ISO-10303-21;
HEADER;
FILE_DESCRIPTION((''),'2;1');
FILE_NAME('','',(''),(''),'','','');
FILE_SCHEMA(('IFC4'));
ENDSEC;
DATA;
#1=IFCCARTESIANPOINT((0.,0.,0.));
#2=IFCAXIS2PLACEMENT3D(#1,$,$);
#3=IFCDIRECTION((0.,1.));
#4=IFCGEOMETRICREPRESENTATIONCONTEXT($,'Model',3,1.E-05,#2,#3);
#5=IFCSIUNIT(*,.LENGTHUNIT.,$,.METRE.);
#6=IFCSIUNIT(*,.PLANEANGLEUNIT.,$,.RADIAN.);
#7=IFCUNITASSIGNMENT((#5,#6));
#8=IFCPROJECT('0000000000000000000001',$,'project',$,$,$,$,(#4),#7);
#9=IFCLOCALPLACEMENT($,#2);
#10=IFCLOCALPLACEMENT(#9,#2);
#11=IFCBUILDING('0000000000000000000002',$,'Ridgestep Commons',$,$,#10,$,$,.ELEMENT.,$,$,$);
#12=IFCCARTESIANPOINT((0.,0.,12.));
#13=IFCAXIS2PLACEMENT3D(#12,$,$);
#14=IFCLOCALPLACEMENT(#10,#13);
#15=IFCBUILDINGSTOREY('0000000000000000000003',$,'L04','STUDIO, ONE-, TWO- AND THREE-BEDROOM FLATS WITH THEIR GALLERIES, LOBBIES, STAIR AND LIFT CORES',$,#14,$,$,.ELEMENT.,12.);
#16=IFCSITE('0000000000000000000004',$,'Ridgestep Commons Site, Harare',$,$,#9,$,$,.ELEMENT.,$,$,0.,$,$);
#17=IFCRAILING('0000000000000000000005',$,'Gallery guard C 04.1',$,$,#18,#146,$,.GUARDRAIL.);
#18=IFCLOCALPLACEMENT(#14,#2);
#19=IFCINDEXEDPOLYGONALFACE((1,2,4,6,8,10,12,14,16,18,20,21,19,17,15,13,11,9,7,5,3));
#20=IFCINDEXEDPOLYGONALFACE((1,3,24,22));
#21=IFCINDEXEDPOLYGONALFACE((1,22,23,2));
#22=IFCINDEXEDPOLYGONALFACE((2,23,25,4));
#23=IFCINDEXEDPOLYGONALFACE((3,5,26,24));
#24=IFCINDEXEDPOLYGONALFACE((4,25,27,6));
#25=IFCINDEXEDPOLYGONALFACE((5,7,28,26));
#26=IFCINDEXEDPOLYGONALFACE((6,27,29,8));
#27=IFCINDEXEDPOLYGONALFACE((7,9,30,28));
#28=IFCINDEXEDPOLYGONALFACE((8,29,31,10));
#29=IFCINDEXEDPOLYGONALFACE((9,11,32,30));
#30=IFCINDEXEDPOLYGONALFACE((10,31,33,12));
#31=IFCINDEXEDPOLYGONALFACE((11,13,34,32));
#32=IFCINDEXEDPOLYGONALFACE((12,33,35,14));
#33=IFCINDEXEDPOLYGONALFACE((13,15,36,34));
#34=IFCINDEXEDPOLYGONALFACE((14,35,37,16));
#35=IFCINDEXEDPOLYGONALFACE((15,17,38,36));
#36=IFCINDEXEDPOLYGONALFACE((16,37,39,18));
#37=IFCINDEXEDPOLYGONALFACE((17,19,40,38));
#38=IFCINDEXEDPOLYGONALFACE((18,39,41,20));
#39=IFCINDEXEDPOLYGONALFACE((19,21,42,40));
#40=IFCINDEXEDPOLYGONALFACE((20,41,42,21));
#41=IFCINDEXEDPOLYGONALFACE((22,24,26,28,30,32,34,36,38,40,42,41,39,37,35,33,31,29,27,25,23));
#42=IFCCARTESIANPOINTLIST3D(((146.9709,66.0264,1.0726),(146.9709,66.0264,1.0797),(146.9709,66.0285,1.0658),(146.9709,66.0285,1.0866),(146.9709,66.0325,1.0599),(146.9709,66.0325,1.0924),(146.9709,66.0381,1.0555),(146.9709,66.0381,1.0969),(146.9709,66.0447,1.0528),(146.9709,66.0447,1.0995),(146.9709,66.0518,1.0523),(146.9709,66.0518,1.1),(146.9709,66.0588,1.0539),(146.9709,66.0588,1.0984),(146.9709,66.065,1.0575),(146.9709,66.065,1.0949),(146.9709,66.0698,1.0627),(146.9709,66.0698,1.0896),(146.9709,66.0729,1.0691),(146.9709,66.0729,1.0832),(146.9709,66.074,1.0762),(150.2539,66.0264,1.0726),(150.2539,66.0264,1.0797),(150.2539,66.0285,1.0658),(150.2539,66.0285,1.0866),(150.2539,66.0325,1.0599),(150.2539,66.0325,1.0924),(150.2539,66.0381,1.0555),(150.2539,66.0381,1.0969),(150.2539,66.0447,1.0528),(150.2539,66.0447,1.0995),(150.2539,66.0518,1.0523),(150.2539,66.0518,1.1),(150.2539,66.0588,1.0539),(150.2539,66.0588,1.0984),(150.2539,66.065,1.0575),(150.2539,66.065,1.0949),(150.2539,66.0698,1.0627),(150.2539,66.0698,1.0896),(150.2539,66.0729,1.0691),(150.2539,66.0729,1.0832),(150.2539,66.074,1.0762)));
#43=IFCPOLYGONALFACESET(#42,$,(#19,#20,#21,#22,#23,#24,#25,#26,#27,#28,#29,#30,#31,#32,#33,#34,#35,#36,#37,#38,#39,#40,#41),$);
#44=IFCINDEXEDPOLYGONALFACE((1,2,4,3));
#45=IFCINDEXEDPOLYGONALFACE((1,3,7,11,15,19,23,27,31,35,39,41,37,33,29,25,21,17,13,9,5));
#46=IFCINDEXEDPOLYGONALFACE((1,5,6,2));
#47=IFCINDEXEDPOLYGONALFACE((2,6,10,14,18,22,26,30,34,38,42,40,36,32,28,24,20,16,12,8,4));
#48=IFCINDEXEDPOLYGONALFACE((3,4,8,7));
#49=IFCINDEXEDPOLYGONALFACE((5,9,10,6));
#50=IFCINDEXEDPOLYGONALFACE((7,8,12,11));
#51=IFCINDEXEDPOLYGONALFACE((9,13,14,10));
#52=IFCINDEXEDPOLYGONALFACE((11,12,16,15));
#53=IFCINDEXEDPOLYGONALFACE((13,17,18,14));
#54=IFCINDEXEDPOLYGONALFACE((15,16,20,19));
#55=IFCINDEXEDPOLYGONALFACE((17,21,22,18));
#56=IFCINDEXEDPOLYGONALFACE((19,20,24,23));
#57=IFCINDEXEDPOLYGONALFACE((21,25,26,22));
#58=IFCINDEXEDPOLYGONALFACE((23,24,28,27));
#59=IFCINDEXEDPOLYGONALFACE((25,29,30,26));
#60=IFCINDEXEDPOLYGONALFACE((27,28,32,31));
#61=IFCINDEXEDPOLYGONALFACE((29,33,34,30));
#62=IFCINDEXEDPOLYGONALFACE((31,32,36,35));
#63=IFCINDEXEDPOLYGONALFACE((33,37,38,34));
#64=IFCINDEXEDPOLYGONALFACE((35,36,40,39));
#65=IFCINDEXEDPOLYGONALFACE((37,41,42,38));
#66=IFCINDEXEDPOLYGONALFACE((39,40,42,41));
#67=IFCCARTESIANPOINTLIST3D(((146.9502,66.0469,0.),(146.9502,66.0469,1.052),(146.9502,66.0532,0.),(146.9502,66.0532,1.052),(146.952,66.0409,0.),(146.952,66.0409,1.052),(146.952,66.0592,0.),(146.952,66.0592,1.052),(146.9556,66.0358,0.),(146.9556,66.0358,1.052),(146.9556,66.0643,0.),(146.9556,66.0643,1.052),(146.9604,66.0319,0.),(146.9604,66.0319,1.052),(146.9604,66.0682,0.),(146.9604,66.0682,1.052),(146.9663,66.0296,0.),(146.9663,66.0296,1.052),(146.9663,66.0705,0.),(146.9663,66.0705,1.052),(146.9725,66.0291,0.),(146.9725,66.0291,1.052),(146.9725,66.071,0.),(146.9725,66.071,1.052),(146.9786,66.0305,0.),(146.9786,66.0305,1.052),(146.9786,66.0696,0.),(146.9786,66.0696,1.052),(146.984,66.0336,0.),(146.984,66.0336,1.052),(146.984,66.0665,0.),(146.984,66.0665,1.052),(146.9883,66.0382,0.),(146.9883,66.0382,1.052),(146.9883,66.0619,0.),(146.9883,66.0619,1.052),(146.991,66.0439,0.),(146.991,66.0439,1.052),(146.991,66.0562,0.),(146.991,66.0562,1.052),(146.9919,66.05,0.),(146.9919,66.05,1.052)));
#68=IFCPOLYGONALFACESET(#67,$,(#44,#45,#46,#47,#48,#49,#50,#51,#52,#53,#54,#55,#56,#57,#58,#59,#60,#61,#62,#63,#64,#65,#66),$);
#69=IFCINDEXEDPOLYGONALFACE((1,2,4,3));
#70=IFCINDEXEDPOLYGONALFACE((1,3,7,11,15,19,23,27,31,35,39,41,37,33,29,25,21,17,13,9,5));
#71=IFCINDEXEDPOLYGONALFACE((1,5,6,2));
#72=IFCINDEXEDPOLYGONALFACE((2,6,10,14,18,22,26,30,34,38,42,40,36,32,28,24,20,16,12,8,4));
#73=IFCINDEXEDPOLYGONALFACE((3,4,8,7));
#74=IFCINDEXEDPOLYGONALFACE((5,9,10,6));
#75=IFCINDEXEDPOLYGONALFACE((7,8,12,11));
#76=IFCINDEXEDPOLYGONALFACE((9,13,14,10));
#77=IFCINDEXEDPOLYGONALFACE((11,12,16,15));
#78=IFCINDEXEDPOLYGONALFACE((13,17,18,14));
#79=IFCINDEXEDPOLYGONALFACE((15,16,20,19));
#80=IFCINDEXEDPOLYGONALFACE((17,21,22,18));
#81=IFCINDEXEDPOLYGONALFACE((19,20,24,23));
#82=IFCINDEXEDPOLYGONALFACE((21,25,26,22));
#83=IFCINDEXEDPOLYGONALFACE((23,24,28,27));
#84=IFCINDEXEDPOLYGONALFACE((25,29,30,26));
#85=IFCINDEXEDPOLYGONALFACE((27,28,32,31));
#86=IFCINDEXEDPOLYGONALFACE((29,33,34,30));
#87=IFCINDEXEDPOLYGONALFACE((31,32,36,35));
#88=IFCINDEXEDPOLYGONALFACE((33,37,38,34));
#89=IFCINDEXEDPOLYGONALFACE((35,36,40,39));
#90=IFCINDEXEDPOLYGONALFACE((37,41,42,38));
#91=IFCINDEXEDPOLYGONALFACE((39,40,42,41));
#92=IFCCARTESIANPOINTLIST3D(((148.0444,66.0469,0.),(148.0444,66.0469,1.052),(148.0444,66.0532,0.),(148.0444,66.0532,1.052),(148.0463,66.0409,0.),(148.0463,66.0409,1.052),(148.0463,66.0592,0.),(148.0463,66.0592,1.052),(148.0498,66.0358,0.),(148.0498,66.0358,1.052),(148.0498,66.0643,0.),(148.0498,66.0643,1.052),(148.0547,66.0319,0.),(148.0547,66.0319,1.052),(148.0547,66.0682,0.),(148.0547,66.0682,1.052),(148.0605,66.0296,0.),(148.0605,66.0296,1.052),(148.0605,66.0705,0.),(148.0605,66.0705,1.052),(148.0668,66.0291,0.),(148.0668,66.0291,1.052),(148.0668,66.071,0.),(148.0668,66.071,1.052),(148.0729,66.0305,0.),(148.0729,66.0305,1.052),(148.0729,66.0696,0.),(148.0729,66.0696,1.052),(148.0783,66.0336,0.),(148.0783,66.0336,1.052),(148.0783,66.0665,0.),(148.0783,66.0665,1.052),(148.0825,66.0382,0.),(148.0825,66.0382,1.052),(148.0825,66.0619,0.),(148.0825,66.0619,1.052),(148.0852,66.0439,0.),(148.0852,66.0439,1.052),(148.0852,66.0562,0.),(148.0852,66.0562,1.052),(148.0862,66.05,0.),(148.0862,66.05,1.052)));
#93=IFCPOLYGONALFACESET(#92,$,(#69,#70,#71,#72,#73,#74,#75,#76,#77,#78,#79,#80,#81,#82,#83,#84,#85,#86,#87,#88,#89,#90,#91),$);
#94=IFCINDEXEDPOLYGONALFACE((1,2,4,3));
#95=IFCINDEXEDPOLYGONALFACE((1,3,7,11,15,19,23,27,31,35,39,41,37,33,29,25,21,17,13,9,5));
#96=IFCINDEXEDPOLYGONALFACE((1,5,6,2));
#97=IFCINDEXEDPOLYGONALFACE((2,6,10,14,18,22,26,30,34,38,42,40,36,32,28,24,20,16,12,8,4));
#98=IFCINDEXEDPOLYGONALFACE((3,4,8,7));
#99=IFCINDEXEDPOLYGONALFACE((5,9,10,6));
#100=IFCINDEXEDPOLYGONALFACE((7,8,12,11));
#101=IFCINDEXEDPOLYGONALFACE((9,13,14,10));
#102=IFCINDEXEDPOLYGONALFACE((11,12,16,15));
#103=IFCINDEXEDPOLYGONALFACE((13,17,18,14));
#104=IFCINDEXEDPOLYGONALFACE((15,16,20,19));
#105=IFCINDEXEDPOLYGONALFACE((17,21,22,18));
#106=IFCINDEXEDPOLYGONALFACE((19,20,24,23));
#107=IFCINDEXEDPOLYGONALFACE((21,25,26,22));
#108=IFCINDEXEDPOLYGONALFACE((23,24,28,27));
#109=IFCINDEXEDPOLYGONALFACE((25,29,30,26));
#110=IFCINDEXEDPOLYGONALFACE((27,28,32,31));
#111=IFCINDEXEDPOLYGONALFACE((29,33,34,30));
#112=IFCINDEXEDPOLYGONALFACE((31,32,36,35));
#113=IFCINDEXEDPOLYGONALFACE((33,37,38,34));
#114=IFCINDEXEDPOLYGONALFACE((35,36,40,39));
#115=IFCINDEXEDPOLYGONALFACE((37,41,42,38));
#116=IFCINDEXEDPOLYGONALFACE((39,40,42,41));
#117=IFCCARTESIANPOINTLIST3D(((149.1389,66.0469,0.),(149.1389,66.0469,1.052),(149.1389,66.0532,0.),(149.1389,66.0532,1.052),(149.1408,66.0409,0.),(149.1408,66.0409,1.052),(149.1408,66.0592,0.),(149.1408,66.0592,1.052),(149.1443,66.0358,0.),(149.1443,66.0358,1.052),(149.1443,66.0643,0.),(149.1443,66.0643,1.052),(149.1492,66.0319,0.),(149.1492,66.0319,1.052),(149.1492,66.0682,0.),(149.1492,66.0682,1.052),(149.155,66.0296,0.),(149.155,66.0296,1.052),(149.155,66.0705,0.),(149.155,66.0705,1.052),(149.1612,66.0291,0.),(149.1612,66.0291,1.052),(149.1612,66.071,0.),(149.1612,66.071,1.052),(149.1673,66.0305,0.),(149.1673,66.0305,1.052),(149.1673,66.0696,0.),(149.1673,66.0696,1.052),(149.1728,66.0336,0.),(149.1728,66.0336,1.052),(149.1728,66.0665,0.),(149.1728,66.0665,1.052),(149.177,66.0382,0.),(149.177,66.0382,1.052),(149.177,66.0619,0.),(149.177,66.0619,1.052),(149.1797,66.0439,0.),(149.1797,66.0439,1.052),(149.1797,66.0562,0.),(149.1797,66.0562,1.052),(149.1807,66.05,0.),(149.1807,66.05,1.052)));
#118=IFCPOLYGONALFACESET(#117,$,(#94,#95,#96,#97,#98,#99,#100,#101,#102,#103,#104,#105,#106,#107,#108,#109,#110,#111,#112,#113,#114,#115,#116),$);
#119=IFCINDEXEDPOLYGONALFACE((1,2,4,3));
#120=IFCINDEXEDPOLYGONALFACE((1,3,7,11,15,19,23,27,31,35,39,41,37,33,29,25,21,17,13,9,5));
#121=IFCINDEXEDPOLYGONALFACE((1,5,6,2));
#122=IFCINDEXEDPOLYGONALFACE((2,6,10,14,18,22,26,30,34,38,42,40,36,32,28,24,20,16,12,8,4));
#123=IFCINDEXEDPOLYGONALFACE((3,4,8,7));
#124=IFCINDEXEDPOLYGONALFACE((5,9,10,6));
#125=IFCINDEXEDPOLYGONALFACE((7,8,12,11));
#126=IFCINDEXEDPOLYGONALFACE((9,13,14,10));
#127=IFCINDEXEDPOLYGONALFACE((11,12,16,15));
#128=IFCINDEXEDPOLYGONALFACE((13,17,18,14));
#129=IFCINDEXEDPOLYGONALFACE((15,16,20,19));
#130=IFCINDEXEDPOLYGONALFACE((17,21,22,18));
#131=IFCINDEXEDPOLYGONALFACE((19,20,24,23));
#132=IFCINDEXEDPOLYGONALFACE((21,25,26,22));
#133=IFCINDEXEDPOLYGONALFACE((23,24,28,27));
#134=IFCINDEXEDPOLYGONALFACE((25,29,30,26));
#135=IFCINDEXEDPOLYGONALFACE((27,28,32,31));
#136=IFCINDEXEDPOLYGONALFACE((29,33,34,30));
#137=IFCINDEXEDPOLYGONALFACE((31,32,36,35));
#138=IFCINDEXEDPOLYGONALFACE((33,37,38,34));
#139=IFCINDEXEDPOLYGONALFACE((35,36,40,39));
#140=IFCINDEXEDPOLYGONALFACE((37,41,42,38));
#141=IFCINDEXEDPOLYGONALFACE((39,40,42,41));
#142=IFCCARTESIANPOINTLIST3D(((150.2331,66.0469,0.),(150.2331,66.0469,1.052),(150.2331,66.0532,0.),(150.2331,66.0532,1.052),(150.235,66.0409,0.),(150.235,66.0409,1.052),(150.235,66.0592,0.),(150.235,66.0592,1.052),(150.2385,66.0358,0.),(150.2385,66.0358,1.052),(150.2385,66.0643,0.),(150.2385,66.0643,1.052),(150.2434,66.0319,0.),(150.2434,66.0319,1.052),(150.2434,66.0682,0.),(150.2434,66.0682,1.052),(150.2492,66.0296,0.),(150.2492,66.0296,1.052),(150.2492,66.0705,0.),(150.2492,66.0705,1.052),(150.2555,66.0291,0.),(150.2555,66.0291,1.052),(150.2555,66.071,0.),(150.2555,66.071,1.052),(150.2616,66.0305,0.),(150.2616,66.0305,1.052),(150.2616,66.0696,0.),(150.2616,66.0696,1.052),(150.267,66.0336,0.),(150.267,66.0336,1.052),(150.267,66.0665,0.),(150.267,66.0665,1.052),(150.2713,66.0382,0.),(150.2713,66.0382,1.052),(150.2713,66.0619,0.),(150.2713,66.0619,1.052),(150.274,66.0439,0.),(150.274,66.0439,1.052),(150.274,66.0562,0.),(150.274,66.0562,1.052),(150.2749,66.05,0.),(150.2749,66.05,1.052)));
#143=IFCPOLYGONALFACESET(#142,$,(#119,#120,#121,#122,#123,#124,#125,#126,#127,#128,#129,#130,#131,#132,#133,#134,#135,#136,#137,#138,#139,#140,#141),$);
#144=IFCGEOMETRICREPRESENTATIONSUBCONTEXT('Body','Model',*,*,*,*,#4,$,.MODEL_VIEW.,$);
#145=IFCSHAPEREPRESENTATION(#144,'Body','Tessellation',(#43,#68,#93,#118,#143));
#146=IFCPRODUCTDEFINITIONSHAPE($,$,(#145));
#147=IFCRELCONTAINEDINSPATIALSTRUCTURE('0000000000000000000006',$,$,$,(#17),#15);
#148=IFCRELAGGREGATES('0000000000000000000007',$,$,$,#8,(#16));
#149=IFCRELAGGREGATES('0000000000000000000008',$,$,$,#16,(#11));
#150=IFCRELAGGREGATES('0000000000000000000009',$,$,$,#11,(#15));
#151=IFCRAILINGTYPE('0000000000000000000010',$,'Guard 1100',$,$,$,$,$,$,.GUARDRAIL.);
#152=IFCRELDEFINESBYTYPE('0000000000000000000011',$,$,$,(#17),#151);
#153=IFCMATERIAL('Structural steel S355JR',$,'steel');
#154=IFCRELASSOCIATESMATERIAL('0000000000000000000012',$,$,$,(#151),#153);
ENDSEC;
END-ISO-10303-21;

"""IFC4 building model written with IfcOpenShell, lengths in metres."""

from ifc_helpers import new_model, si_unit, direction, frame, origin, origin_2d, place, context, subcontext, project, spatial, circle, extrude, material, type_object, element, save


model = new_model("IFC4")

# Units and contexts
model_context = context("Model", 3, precision=1e-05, world=origin(), true_north=direction((0.0, 1.0)))
body_context = subcontext(model_context, "Body", "Model", "MODEL_VIEW")
ifc_project = project(units=[si_unit("LENGTHUNIT", "METRE"), si_unit("PLANEANGLEUNIT", "RADIAN")], contexts=[model_context])

# Site, building, storey
site_placement = place(None, origin())
site = spatial("IfcSite", under=ifc_project, at=site_placement, Name="Ridgestep Commons Site, Harare", CompositionType="ELEMENT", RefElevation=0.0)
building_placement = place(site_placement, origin())
building = spatial("IfcBuilding", under=site, at=building_placement, Name="Ridgestep Commons", CompositionType="ELEMENT")
storey_placement = place(building_placement, frame((0.0, 0.0, 12.0)))
storey = spatial("IfcBuildingStorey", under=building, at=storey_placement, Name="L04", Description="STUDIO, ONE-, TWO- AND THREE-BEDROOM FLATS WITH THEIR GALLERIES, LOBBIES, STAIR AND LIFT CORES", CompositionType="ELEMENT", Elevation=12.0)

# Railing
ifc_material_1 = material(Name="Structural steel S355JR", Category="steel")
railing_type = type_object("IfcRailingType", Name="Guard 1100", PredefinedType="GUARDRAIL", material=ifc_material_1)
railing_1_placement = place(storey_placement, frame((146.9709, 66.05, 0.0)))
element("IfcRailing", 1, at=railing_1_placement, inside=storey, type_object=railing_type, Name="Gallery guard C 04.1", PredefinedType="GUARDRAIL", context=body_context, shape_type="SweptSolid", body=[
    extrude(circle(Radius=0.0239, at=origin_2d()), frame((0.0, 0.0, 1.0762), z_axis=(1.0, 0.0, 0.0), x_axis=(0.0, 1.0, 0.0)), (0.0, 0.0, 1.0), 3.283),
    extrude(circle(Radius=0.021, at=origin_2d()), origin(), (0.0, 0.0, 1.0), 1.052),
    extrude(circle(Radius=0.021, at=origin_2d()), frame((1.0942, 0.0, 0.0)), (0.0, 0.0, 1.0), 1.052),
    extrude(circle(Radius=0.021, at=origin_2d()), frame((2.1887, 0.0, 0.0)), (0.0, 0.0, 1.0), 1.052),
    extrude(circle(Radius=0.021, at=origin_2d()), frame((3.283, 0.0, 0.0)), (0.0, 0.0, 1.0), 1.052),
])

save(model, "model.ifc")
